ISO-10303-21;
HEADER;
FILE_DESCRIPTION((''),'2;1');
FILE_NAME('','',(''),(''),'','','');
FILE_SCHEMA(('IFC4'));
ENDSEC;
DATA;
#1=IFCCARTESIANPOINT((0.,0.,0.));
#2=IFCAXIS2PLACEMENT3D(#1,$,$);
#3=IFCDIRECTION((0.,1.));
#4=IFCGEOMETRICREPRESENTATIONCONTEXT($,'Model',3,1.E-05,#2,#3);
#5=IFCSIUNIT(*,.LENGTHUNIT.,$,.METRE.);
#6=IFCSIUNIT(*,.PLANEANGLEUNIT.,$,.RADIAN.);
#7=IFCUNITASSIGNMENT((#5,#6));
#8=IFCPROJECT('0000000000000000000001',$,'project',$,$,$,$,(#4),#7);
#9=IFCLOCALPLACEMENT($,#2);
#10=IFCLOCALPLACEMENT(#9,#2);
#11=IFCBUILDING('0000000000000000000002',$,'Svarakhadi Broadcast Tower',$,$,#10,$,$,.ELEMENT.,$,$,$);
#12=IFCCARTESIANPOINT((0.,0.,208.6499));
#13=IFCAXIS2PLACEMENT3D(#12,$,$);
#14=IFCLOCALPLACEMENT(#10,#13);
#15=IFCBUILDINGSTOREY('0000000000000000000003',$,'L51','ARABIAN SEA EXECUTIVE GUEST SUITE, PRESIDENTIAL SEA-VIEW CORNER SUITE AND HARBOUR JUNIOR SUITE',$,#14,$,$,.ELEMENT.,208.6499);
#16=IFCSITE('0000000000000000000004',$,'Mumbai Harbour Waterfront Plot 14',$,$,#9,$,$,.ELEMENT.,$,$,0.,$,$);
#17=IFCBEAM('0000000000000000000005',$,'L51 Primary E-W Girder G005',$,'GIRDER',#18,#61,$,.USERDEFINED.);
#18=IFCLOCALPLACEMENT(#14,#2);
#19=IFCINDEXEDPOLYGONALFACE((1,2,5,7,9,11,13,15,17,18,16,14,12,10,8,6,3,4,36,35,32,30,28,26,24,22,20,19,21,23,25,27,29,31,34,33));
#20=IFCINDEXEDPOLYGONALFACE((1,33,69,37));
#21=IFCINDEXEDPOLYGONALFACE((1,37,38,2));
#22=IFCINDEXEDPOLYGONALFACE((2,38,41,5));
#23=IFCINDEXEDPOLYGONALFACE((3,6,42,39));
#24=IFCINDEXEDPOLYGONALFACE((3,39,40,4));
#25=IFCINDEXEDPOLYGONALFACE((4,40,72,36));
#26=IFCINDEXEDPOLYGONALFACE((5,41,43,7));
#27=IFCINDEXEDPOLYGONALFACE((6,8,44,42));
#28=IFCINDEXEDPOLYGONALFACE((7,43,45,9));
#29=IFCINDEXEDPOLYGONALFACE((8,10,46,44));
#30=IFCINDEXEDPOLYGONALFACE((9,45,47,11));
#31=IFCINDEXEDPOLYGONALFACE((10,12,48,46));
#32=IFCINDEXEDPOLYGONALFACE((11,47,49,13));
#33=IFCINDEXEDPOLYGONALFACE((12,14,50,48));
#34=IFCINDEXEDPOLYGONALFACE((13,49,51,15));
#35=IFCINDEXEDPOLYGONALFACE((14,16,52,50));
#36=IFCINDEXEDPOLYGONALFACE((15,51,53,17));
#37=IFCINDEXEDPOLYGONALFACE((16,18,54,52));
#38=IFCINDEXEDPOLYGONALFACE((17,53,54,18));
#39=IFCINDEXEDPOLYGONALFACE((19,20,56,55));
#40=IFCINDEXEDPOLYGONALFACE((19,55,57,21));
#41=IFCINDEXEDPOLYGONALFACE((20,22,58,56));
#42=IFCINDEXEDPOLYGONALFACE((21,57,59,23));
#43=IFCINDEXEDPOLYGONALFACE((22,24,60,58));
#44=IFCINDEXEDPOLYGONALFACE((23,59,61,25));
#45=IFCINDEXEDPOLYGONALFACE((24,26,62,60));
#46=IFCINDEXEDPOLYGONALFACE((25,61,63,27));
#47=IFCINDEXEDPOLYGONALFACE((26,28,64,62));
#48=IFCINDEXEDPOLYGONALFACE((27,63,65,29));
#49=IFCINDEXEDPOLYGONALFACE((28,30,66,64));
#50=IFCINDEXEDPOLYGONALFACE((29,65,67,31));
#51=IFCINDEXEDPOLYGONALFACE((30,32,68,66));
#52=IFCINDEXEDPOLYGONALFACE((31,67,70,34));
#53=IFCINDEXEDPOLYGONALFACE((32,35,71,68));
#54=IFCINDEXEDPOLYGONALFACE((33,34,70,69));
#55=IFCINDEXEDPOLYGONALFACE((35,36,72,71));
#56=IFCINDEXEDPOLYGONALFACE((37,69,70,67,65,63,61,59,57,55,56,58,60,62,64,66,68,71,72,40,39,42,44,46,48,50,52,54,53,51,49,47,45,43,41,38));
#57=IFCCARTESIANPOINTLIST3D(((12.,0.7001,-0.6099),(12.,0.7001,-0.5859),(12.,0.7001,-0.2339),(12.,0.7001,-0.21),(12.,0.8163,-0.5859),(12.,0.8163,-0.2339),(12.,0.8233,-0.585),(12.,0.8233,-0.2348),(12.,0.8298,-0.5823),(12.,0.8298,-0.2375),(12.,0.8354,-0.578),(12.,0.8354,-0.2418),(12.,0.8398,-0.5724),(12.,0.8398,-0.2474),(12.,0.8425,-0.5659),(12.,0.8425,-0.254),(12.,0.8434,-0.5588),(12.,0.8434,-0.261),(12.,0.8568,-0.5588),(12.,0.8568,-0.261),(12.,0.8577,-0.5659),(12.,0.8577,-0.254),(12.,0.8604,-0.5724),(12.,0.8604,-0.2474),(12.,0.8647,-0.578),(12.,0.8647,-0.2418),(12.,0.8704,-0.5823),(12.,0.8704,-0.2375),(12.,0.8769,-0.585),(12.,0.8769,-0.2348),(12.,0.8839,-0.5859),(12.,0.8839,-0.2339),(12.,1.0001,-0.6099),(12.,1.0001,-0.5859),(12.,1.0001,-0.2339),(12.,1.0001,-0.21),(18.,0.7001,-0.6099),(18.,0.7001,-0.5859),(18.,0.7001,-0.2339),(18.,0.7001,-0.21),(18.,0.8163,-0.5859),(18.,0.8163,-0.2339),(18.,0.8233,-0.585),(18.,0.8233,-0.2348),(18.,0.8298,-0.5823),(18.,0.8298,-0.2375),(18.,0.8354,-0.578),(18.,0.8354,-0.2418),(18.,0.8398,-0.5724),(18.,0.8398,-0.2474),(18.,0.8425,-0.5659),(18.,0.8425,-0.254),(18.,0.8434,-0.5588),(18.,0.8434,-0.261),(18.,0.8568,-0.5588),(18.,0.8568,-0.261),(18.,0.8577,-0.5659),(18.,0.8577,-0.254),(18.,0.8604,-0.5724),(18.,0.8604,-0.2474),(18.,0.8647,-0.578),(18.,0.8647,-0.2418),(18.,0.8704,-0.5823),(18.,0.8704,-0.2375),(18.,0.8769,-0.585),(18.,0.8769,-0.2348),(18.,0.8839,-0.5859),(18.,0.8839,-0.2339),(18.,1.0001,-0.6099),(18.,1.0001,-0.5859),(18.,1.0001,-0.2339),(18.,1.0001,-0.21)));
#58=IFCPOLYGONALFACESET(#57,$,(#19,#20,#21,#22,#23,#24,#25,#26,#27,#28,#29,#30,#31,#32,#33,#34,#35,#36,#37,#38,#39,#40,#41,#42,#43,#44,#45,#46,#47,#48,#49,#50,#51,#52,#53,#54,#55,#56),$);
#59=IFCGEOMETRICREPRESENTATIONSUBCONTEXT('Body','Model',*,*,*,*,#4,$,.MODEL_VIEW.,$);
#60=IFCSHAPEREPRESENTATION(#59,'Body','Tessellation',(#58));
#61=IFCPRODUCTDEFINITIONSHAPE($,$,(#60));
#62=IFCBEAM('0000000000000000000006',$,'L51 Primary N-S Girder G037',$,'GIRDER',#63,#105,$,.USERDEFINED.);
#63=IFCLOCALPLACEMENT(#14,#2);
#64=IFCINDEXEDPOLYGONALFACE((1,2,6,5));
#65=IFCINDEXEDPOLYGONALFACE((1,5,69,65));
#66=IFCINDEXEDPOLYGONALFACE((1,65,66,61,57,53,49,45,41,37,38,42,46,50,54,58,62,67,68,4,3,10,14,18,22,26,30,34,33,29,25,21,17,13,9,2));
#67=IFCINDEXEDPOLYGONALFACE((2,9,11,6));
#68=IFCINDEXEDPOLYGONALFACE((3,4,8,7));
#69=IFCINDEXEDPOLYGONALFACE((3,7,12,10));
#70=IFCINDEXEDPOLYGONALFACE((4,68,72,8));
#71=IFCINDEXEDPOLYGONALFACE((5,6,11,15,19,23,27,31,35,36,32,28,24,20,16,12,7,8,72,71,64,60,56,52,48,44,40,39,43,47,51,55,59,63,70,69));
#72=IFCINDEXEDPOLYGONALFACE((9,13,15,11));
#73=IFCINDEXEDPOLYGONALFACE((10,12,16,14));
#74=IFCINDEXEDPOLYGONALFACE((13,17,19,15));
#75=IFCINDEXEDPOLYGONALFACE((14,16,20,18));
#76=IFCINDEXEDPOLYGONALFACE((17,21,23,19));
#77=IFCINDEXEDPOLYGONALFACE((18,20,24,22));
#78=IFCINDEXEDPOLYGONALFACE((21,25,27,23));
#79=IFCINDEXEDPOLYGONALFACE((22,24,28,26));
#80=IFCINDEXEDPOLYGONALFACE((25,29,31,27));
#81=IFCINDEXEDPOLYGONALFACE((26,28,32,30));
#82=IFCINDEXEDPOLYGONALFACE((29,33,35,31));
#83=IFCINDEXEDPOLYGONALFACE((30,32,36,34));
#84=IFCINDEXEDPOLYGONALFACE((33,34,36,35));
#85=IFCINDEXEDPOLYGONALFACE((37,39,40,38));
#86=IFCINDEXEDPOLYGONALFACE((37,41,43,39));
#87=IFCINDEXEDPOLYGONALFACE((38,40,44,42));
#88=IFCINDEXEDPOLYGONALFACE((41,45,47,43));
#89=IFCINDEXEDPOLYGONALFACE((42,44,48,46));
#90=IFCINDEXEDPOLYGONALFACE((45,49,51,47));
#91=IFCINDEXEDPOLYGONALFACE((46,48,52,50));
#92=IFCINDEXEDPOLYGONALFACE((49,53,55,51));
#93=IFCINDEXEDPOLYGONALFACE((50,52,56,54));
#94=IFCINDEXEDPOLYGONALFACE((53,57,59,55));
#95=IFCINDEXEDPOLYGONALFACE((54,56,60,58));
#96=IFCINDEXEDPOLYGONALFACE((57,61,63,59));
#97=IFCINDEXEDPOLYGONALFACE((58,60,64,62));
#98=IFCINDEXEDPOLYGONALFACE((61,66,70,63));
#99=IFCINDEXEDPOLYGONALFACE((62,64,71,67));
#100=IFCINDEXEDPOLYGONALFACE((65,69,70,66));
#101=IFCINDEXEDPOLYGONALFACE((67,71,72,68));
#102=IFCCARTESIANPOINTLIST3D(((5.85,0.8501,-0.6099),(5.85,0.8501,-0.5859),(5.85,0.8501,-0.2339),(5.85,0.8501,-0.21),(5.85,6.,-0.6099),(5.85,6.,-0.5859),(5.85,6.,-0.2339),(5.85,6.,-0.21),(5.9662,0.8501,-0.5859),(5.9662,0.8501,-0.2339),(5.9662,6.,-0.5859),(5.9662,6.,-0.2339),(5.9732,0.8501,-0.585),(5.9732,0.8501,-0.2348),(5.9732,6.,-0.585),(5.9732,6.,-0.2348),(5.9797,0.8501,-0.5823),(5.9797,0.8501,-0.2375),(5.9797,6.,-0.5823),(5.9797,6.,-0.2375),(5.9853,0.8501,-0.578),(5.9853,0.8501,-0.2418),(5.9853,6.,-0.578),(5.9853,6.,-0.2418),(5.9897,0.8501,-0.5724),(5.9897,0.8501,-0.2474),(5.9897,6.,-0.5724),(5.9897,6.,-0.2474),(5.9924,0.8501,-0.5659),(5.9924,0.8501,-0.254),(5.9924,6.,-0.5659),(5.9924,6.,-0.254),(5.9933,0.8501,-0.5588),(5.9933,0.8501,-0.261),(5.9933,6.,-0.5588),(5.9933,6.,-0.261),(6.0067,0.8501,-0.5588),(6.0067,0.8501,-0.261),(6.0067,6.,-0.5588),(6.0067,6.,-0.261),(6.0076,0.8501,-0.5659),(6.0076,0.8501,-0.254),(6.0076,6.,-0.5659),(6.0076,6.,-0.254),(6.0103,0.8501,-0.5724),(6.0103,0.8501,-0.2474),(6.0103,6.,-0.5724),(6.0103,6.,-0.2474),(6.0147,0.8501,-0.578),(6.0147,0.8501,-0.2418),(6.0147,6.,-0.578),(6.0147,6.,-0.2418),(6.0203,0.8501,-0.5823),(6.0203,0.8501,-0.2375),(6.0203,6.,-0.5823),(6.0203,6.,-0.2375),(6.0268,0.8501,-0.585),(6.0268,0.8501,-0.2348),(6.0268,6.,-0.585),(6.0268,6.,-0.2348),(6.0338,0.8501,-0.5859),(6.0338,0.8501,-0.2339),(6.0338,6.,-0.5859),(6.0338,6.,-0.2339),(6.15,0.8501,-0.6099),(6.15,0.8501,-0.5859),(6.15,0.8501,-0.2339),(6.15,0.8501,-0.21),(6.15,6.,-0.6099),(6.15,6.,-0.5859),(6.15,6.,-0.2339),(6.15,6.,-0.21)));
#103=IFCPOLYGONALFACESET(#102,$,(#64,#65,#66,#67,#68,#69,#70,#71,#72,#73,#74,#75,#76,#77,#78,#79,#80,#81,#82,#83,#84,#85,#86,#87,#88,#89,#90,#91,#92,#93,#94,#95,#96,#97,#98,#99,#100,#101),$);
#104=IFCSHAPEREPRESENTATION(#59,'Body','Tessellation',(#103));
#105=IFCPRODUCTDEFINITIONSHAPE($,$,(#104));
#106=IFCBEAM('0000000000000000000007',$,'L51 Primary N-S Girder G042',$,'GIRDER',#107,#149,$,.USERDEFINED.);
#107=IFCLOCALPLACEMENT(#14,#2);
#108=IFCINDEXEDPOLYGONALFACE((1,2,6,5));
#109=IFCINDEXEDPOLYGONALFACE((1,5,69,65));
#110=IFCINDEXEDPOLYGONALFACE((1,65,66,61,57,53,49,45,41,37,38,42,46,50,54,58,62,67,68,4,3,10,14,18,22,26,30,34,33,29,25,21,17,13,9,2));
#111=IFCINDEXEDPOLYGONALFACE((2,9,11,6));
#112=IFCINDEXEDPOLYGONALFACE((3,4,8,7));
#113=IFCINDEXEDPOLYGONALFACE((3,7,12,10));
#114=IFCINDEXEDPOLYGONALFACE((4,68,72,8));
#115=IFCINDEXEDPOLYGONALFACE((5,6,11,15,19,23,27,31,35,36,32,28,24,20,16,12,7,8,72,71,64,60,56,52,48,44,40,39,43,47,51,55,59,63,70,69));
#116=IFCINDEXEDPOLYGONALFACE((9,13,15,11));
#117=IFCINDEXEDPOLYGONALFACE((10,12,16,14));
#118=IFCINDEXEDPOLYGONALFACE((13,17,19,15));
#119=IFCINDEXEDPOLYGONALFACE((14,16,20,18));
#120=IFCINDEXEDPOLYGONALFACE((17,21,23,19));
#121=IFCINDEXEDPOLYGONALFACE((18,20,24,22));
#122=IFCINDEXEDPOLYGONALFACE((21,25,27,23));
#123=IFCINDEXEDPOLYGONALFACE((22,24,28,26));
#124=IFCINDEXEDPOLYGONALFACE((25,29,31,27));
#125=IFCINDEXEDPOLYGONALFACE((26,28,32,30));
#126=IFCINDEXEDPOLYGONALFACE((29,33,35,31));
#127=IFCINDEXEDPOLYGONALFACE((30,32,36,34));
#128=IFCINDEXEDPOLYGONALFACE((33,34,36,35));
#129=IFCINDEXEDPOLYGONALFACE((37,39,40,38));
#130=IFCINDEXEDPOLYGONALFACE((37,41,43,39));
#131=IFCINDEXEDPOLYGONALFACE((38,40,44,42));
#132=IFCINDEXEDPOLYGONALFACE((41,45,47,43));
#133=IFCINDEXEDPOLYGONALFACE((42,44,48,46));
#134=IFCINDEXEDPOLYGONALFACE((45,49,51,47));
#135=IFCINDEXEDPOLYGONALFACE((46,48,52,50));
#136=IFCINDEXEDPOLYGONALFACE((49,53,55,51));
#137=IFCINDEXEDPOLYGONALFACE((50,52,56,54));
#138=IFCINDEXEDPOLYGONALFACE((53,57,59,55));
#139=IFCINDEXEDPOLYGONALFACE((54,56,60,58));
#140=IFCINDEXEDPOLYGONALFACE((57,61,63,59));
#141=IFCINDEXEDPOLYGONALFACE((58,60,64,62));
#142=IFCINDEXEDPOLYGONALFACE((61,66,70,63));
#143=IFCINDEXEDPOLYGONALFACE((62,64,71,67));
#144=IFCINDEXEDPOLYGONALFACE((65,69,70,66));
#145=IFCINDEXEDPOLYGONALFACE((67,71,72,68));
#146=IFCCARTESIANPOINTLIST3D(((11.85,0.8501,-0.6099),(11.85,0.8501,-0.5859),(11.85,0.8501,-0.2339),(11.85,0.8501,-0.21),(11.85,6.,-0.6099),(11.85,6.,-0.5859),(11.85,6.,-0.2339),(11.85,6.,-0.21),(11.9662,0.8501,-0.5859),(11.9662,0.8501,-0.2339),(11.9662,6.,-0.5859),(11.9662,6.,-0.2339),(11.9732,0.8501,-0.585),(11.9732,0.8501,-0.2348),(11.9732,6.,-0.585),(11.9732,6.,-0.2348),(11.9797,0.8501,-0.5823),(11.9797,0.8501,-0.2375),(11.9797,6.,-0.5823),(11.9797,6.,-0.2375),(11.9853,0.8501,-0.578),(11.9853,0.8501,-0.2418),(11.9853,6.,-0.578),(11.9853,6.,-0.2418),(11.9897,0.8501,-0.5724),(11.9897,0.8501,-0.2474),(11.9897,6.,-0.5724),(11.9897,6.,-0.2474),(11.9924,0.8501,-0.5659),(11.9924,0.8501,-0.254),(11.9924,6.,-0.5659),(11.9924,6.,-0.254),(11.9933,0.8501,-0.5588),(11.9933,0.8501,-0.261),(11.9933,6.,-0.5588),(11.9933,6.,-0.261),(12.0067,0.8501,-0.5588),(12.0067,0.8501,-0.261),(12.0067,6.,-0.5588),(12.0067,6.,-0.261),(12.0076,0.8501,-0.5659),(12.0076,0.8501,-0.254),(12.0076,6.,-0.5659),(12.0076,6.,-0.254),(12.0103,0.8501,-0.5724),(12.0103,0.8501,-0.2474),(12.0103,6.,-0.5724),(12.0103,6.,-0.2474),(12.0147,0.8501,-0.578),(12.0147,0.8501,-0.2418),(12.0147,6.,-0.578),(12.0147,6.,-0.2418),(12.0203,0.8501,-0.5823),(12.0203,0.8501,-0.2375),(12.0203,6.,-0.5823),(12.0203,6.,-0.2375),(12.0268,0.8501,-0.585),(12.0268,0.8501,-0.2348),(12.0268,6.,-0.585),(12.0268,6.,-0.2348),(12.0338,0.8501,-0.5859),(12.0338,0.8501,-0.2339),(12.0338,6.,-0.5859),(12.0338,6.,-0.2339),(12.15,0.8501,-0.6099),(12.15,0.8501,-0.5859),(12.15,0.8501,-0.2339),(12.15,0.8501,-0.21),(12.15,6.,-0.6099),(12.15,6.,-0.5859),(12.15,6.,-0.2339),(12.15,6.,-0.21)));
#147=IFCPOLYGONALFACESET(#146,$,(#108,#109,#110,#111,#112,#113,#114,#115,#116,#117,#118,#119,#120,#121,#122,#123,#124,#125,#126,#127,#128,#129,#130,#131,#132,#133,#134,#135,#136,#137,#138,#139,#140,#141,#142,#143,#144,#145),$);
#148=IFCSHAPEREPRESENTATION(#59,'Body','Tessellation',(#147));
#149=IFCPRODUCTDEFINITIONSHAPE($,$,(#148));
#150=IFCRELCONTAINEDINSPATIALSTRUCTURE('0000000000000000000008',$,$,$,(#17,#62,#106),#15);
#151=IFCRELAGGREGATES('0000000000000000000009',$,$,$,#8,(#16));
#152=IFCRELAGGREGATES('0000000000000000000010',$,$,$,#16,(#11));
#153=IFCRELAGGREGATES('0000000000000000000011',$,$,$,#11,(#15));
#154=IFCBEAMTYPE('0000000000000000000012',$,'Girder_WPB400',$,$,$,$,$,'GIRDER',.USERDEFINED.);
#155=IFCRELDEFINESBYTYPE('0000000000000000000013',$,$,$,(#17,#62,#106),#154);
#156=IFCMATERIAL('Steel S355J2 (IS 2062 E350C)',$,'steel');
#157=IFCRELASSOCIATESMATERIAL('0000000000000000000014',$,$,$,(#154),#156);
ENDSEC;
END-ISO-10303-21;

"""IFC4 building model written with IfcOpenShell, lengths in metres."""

from ifc_helpers import new_model, si_unit, direction, frame, origin, origin_2d, place, context, subcontext, project, spatial, i_section, extrude, material, material_profile, profile_set, type_object, element, save


model = new_model("IFC4")

# Units and contexts
model_context = context("Model", 3, precision=1e-05, world=origin(), true_north=direction((0.0, 1.0)))
body_context = subcontext(model_context, "Body", "Model", "MODEL_VIEW")
ifc_project = project(units=[si_unit("LENGTHUNIT", "METRE"), si_unit("PLANEANGLEUNIT", "RADIAN")], contexts=[model_context])

# Site, building, storey
site_placement = place(None, origin())
site = spatial("IfcSite", under=ifc_project, at=site_placement, Name="Mumbai Harbour Waterfront Plot 14", CompositionType="ELEMENT", RefElevation=0.0)
building_placement = place(site_placement, origin())
building = spatial("IfcBuilding", under=site, at=building_placement, Name="Svarakhadi Broadcast Tower", CompositionType="ELEMENT")
storey_placement = place(building_placement, frame((0.0, 0.0, 208.6499)))
storey = spatial("IfcBuildingStorey", under=building, at=storey_placement, Name="L51", Description="ARABIAN SEA EXECUTIVE GUEST SUITE, PRESIDENTIAL SEA-VIEW CORNER SUITE AND HARBOUR JUNIOR SUITE", CompositionType="ELEMENT", Elevation=208.6499)

# Shared definitions
ifc_material_1 = material(Name="Steel S355J2 (IS 2062 E350C)", Category="steel")

# Beams
ifc_material_profile_1 = material_profile(ifc_material_1, i_section(OverallWidth=0.3, OverallDepth=0.3999, WebThickness=0.0134, FlangeThickness=0.0239, FilletRadius=0.0271, at=origin_2d()), Name="WPB 400x300x155")
ifc_profile_set_1 = profile_set([ifc_material_profile_1], Name="Steel S355J2 (IS 2062 E350C)")
beam_type_1 = type_object("IfcBeamType", Name="Girder_WPB400", ElementType="GIRDER", PredefinedType="USERDEFINED", material=ifc_profile_set_1)
for number, where, z_axis, x_axis, name in (
    (1, (12.0, 0.8501, -0.4099), (1.0, 0.0, 0.0), (0.0, 1.0, 0.0), "L51 Primary E-W Girder G005"),
):
    element("IfcBeam", number, at=place(storey_placement, frame(where, z_axis=z_axis, x_axis=x_axis)), inside=storey, type_object=beam_type_1, Name=name, ObjectType="GIRDER", PredefinedType="USERDEFINED", context=body_context, shape_type="SweptSolid", body=[
        extrude(i_section(OverallWidth=0.3, OverallDepth=0.3999, WebThickness=0.0134, FlangeThickness=0.0239, FilletRadius=0.0271, at=origin_2d()), origin(), (0.0, 0.0, 1.0), 6.0),
    ])
for number, where, z_axis, x_axis, name in (
    (2, (6.0, 0.8501, -0.4099), (0.0, 1.0, 0.0), (-1.0, 0.0, 0.0), "L51 Primary N-S Girder G037"),
    (3, (12.0, 0.8501, -0.4099), (0.0, 1.0, 0.0), (-1.0, 0.0, 0.0), "L51 Primary N-S Girder G042"),
):
    element("IfcBeam", number, at=place(storey_placement, frame(where, z_axis=z_axis, x_axis=x_axis)), inside=storey, type_object=beam_type_1, Name=name, ObjectType="GIRDER", PredefinedType="USERDEFINED", context=body_context, shape_type="SweptSolid", body=[
        extrude(i_section(OverallWidth=0.3, OverallDepth=0.3999, WebThickness=0.0134, FlangeThickness=0.0239, FilletRadius=0.0271, at=origin_2d()), origin(), (0.0, 0.0, 1.0), 5.1499),
    ])

save(model, "model.ifc")
